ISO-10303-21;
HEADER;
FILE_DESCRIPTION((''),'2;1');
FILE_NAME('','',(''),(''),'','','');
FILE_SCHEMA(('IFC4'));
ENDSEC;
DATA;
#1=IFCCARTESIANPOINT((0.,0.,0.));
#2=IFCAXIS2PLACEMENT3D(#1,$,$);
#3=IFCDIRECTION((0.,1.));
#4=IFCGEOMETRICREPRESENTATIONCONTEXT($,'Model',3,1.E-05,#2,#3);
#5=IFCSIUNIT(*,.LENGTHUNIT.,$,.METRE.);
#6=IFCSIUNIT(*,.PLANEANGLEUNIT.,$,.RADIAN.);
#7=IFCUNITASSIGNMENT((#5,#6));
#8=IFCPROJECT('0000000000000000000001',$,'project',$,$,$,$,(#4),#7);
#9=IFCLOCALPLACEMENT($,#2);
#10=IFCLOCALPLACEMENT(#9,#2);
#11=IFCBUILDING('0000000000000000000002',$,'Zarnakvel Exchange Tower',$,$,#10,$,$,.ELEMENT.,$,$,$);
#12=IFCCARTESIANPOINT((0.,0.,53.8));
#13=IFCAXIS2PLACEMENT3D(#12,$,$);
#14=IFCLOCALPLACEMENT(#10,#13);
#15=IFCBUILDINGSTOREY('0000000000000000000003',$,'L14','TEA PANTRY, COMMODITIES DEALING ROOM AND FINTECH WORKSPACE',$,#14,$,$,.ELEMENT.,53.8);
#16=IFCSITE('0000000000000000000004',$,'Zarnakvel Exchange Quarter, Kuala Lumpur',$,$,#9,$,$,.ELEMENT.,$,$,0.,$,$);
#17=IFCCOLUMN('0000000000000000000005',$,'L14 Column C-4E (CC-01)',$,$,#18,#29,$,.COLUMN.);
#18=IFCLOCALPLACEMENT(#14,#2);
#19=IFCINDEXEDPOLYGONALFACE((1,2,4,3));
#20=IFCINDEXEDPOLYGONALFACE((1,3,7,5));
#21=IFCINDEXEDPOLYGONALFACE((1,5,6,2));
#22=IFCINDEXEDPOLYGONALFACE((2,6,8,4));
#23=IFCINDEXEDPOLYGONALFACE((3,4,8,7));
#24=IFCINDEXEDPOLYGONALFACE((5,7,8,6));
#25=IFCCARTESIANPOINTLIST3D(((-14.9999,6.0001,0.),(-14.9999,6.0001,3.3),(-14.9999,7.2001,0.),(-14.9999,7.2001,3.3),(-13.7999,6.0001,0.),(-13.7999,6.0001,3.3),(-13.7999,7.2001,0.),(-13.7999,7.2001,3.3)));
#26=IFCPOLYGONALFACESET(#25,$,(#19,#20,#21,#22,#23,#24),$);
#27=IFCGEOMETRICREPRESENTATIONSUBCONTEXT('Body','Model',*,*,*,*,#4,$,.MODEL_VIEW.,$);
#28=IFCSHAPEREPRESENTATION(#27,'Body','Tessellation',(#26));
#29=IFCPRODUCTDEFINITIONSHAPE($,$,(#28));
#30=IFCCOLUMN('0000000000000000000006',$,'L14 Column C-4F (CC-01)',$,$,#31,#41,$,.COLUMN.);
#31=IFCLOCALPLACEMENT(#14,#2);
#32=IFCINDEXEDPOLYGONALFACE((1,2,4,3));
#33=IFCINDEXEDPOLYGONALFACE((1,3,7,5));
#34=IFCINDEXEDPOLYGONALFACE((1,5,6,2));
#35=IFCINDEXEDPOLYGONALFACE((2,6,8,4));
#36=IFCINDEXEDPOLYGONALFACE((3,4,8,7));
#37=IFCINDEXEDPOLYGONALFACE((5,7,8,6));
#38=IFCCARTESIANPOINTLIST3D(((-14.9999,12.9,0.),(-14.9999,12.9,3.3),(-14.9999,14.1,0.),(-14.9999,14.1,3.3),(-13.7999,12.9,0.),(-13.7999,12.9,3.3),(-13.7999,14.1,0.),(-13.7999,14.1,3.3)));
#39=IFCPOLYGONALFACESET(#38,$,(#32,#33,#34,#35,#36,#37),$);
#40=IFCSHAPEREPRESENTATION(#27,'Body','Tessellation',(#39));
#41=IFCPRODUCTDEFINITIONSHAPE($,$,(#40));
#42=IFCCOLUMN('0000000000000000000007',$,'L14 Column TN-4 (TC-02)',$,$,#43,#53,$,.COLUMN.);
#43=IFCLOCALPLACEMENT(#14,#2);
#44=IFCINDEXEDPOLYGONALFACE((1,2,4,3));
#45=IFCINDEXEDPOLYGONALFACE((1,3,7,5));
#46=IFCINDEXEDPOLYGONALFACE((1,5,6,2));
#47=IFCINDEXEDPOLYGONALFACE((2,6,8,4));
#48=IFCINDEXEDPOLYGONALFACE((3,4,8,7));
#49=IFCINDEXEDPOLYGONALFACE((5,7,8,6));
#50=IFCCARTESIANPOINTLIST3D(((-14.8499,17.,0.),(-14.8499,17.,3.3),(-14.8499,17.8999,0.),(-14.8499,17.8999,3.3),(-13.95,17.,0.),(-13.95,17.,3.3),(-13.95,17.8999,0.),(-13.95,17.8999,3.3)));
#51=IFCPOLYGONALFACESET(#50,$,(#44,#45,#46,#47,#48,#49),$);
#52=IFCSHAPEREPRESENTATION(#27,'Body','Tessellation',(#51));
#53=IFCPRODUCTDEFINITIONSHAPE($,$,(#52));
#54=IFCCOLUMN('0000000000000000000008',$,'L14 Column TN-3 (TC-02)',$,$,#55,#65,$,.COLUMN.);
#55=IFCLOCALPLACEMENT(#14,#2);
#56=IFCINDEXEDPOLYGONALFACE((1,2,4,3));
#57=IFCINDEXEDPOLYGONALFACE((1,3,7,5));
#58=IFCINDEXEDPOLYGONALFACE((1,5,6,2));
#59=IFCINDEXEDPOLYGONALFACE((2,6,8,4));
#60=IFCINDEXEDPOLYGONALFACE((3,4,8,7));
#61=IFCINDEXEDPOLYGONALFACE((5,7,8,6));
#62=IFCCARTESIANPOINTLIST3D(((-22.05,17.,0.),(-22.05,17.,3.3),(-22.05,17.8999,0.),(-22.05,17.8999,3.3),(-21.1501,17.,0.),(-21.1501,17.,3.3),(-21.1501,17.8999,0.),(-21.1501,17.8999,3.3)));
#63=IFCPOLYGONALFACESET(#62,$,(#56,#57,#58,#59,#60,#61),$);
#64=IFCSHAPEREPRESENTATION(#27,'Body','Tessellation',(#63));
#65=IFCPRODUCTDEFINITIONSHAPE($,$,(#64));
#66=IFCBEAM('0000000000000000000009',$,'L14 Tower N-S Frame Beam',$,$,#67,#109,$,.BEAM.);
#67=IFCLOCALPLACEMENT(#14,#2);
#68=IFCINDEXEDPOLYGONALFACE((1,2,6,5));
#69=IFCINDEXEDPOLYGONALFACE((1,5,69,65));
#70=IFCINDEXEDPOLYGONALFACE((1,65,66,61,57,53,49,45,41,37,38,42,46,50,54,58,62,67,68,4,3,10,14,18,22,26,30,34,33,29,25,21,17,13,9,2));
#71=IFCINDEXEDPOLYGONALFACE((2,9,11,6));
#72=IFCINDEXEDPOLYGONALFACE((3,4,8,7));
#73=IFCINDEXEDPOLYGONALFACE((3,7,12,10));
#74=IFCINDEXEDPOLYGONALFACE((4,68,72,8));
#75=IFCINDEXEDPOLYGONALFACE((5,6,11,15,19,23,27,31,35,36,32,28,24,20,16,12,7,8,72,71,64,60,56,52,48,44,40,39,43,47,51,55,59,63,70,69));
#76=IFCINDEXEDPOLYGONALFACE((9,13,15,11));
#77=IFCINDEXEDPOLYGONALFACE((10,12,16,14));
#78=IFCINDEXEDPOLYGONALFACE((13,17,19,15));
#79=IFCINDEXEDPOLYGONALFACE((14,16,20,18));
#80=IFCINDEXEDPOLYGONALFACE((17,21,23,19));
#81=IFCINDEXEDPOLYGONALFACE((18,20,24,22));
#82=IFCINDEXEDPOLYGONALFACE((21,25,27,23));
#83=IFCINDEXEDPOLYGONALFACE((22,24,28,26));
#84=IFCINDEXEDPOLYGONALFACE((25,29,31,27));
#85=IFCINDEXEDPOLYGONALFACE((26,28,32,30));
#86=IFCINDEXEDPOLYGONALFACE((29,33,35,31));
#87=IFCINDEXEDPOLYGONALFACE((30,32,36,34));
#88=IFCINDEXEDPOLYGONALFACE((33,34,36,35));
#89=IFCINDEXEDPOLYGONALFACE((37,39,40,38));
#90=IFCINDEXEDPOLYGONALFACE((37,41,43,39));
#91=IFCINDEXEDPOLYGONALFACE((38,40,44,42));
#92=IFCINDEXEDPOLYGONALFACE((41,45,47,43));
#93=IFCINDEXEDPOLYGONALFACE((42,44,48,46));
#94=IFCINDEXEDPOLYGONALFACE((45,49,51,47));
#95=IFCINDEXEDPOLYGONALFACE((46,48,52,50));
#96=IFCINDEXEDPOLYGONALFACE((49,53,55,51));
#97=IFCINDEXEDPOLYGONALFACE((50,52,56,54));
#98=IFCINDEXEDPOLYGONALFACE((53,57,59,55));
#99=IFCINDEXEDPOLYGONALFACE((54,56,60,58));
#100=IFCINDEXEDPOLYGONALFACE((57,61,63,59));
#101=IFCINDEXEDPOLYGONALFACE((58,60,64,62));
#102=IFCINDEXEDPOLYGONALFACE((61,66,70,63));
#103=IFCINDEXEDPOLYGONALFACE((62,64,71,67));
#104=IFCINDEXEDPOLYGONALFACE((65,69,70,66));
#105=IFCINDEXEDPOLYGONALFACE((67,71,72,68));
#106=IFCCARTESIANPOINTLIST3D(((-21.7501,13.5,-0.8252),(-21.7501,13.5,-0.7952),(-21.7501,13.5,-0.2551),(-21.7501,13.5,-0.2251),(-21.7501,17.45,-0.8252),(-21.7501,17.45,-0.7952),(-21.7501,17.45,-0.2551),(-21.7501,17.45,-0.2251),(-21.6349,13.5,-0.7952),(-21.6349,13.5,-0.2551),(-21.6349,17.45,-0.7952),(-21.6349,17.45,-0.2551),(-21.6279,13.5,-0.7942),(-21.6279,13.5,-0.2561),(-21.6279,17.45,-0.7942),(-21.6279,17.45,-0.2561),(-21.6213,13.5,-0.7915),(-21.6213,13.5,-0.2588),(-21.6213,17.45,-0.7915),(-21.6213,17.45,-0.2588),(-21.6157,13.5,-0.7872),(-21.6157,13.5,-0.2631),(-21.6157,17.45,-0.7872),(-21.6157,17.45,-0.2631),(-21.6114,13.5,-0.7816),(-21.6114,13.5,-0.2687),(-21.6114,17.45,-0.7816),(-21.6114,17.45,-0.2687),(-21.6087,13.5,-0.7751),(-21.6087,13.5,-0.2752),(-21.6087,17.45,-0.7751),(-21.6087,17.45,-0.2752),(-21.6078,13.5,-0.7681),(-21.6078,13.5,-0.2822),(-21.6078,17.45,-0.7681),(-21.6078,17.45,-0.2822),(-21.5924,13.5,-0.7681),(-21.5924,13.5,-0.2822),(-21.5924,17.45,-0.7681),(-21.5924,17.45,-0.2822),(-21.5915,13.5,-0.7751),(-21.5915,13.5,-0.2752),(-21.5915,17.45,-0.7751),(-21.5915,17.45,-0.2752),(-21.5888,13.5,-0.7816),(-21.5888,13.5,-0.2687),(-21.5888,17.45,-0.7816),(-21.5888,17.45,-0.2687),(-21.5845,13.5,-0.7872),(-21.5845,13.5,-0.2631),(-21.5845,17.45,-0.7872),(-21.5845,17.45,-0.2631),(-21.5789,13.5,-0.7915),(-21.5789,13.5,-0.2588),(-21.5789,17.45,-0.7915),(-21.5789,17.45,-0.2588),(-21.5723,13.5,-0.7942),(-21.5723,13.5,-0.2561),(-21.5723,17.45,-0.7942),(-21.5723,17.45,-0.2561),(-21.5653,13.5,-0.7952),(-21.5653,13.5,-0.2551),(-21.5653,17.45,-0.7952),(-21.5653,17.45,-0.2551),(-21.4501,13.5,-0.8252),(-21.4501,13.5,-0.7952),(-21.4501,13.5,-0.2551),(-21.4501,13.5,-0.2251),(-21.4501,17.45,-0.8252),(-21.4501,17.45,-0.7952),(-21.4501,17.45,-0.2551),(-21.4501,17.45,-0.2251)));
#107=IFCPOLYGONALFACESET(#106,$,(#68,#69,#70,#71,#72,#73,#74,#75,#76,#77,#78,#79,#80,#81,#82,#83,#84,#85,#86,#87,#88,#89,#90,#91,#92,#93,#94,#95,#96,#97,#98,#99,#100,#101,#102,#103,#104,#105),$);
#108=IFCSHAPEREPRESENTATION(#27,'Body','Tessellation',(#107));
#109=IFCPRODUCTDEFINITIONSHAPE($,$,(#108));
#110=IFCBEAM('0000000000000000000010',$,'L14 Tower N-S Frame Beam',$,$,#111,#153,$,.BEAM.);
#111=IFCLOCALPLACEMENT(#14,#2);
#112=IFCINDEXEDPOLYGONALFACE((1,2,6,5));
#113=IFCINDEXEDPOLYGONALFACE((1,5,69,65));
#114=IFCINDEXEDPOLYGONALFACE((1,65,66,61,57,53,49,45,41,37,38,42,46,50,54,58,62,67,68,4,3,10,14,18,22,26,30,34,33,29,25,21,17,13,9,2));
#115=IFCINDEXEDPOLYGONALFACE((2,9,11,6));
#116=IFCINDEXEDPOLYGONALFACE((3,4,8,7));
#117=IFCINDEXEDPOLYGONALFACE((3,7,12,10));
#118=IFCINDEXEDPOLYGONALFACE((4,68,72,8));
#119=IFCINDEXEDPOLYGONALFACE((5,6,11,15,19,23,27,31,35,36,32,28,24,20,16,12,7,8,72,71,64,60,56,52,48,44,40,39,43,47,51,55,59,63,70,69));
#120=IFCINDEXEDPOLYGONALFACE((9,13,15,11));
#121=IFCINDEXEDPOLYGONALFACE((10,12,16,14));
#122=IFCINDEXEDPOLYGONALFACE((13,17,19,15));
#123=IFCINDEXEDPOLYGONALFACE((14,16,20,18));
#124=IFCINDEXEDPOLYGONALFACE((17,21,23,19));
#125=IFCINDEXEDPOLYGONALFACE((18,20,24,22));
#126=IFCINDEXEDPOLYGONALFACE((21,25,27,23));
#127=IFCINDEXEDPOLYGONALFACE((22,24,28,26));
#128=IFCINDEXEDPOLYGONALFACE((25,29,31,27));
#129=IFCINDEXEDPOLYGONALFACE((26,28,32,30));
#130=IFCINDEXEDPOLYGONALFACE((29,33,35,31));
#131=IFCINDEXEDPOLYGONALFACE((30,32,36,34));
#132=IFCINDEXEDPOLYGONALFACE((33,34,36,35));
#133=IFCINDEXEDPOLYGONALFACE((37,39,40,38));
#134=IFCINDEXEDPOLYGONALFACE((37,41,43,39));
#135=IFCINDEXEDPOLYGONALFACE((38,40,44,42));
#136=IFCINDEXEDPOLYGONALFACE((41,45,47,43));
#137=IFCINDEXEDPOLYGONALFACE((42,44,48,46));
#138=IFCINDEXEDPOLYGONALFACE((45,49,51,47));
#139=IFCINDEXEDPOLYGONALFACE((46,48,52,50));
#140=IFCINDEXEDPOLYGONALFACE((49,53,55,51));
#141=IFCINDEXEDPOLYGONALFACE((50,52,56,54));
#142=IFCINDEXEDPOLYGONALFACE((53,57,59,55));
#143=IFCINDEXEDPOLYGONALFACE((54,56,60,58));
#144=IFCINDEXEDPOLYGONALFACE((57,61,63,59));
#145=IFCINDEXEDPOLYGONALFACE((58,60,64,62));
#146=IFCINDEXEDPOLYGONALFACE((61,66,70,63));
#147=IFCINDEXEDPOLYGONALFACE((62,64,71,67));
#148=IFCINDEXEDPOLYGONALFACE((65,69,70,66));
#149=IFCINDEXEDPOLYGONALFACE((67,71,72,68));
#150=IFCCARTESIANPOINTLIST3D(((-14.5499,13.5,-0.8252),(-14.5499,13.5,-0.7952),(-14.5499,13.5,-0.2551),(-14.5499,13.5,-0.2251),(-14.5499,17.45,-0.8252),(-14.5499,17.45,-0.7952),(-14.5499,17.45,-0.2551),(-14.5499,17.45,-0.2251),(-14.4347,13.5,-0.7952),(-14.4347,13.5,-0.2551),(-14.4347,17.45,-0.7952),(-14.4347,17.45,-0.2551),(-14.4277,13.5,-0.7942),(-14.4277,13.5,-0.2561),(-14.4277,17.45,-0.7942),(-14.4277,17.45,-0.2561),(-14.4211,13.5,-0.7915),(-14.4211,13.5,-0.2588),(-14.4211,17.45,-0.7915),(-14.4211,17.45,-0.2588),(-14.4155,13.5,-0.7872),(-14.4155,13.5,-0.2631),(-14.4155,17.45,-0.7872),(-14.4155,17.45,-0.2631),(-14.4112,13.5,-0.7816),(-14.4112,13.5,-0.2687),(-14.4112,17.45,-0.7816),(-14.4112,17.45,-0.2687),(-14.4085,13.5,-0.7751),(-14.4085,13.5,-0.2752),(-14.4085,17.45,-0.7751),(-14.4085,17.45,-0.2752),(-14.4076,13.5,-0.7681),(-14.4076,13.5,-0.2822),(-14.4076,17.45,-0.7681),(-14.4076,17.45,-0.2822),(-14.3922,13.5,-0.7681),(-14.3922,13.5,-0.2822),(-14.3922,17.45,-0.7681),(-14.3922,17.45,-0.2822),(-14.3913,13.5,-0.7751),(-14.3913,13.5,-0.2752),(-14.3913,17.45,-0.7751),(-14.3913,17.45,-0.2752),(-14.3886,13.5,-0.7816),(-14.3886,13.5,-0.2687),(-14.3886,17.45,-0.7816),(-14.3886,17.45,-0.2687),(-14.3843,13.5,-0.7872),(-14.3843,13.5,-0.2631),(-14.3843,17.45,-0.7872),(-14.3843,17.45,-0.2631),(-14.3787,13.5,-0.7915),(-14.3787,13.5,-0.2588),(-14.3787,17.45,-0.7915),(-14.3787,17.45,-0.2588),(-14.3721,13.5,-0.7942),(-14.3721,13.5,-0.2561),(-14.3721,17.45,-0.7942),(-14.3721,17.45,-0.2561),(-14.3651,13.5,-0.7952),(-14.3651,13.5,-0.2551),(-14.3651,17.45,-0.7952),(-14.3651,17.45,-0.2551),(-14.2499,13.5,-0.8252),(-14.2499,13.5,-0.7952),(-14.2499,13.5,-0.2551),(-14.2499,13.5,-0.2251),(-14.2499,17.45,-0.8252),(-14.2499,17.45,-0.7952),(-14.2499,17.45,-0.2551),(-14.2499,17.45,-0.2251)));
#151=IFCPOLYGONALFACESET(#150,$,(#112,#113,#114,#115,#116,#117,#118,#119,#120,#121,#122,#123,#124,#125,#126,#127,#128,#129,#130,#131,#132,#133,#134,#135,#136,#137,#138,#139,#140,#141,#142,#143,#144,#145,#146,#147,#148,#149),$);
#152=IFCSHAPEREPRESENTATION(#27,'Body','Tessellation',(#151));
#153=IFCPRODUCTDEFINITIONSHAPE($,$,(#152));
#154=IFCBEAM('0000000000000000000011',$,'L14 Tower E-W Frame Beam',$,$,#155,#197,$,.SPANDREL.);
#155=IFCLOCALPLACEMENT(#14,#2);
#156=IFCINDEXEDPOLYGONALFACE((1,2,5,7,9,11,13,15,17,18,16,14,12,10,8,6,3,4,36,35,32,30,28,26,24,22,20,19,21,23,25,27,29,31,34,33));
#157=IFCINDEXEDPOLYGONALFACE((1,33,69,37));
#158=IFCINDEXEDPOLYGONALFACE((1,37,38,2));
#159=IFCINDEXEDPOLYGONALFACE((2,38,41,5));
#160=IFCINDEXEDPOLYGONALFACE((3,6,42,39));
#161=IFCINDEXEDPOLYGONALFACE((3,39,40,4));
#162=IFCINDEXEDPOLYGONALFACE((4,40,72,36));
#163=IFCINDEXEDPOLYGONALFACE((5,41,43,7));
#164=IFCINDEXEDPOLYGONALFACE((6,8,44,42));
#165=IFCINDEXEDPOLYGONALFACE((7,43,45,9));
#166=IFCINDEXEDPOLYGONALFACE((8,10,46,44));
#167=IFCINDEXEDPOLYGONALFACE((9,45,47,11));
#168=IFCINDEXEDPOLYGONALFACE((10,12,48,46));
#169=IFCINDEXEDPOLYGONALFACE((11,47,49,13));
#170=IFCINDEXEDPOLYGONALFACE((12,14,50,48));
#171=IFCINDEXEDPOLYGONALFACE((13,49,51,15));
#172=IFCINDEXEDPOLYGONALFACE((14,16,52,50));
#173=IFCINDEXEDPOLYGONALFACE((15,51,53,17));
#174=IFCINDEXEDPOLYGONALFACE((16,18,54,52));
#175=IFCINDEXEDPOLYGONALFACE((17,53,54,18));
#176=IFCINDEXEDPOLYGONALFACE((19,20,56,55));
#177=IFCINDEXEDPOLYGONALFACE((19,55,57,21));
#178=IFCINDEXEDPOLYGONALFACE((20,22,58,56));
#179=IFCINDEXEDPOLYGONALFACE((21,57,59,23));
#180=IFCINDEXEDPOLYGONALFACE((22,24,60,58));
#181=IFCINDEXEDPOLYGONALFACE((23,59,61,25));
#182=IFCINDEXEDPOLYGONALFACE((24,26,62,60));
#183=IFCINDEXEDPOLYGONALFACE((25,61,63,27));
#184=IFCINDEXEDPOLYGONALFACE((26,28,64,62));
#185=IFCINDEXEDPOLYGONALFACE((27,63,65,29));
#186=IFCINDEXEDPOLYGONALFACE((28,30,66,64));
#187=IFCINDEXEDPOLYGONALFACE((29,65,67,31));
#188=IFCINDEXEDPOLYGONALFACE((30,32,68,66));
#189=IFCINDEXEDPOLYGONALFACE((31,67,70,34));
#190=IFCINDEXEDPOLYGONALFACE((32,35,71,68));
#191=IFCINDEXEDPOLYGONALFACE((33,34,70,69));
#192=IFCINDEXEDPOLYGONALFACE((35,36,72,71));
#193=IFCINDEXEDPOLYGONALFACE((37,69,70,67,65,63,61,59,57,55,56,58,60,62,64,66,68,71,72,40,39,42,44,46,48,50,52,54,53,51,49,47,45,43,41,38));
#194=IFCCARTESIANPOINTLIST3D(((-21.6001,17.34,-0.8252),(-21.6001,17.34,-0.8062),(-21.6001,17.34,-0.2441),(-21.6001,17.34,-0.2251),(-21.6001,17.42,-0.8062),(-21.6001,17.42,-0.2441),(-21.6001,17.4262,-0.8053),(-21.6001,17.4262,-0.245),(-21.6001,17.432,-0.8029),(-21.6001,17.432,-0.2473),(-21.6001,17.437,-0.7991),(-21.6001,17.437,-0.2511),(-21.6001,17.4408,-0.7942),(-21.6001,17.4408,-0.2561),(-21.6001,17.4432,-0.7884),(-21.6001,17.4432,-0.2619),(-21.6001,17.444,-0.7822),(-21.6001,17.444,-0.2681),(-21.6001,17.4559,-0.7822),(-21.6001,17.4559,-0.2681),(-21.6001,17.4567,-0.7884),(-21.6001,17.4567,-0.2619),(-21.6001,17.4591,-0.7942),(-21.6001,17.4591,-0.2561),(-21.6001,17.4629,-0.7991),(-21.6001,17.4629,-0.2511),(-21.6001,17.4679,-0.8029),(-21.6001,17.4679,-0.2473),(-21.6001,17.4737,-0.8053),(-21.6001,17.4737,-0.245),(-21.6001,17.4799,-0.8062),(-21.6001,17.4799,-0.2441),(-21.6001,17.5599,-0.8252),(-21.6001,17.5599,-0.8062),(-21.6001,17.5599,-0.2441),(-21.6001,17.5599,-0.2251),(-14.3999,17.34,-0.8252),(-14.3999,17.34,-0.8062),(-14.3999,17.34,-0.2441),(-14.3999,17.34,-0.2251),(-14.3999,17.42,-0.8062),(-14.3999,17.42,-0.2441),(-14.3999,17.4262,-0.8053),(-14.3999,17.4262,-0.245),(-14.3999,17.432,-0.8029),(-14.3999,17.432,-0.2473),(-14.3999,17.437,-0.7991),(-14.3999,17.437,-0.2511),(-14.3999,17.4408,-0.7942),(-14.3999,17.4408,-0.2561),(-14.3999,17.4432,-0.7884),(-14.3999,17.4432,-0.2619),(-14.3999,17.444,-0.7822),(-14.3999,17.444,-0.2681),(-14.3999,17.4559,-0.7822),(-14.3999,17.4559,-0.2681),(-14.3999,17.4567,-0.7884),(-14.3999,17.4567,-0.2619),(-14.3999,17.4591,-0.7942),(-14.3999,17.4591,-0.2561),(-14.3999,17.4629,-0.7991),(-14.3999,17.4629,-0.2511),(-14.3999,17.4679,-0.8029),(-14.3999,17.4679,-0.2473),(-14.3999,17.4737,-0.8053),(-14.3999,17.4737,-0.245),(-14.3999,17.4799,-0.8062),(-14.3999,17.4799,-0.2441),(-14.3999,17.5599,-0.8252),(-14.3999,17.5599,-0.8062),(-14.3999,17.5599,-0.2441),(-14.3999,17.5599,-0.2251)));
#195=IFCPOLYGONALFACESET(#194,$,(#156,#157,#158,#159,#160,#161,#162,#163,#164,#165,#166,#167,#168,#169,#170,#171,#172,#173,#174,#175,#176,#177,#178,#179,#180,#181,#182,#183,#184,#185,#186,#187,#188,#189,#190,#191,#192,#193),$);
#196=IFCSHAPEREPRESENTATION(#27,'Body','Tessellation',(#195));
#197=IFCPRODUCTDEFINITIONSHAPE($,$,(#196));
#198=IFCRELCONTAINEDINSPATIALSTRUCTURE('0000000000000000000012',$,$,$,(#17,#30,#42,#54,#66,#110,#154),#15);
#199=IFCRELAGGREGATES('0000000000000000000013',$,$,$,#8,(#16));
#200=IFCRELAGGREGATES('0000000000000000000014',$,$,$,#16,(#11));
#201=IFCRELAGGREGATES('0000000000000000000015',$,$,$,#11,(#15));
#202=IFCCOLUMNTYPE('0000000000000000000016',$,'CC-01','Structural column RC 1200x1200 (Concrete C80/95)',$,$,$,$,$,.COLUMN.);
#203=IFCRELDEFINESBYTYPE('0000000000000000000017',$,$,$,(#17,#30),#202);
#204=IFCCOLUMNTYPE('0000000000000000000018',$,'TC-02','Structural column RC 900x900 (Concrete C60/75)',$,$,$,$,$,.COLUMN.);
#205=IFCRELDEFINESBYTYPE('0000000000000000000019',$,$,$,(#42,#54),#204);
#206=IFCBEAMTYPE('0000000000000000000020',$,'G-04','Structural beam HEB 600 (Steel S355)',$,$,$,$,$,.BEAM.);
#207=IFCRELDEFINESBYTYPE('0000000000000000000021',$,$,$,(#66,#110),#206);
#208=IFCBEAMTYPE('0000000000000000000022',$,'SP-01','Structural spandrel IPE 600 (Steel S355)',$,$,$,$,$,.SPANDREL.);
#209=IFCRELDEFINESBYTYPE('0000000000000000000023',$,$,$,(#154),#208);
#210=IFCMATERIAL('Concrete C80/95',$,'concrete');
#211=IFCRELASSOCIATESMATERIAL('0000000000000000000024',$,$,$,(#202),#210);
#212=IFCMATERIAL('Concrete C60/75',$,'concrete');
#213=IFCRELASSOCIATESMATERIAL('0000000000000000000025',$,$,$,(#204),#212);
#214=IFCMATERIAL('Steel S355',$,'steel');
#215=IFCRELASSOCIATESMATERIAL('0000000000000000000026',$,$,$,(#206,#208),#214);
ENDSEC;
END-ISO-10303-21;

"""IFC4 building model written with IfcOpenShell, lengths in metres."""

from ifc_helpers import new_model, si_unit, direction, frame, origin, origin_2d, place, context, subcontext, project, spatial, rectangle, i_section, extrude, material, material_profile, profile_set, type_object, element, save


model = new_model("IFC4")

# Units and contexts
model_context = context("Model", 3, precision=1e-05, world=origin(), true_north=direction((0.0, 1.0)))
body_context = subcontext(model_context, "Body", "Model", "MODEL_VIEW")
ifc_project = project(units=[si_unit("LENGTHUNIT", "METRE"), si_unit("PLANEANGLEUNIT", "RADIAN")], contexts=[model_context])

# Site, building, storey
site_placement = place(None, origin())
site = spatial("IfcSite", under=ifc_project, at=site_placement, Name="Zarnakvel Exchange Quarter, Kuala Lumpur", CompositionType="ELEMENT", RefElevation=0.0)
building_placement = place(site_placement, origin())
building = spatial("IfcBuilding", under=site, at=building_placement, Name="Zarnakvel Exchange Tower", CompositionType="ELEMENT")
storey_placement = place(building_placement, frame((0.0, 0.0, 53.8)))
storey = spatial("IfcBuildingStorey", under=building, at=storey_placement, Name="L14", Description="TEA PANTRY, COMMODITIES DEALING ROOM AND FINTECH WORKSPACE", CompositionType="ELEMENT", Elevation=53.8)

# Columns
ifc_material_1 = material(Name="Concrete C80/95", Category="concrete")
ifc_material_profile_1 = material_profile(ifc_material_1, rectangle(XDim=1.2, YDim=1.2, at=origin_2d()))
ifc_profile_set_1 = profile_set([ifc_material_profile_1], Name="Concrete C80/95")
column_type_1 = type_object("IfcColumnType", Name="CC-01", Description="Structural column RC 1200x1200 (Concrete C80/95)", PredefinedType="COLUMN", material=ifc_profile_set_1)
for number, where, z_axis, x_axis, name in (
    (1, (-14.3999, 6.6001, 0.0), (0.0, 0.0, 1.0), (1.0, 0.0, 0.0), "L14 Column C-4E (CC-01)"),
    (2, (-14.3999, 13.5, 0.0), (0.0, 0.0, 1.0), (1.0, 0.0, 0.0), "L14 Column C-4F (CC-01)"),
):
    element("IfcColumn", number, at=place(storey_placement, frame(where, z_axis=z_axis, x_axis=x_axis)), inside=storey, type_object=column_type_1, Name=name, PredefinedType="COLUMN", context=body_context, shape_type="SweptSolid", body=[
        extrude(rectangle(XDim=1.2, YDim=1.2, at=origin_2d()), origin(), (0.0, 0.0, 1.0), 3.3),
    ])
ifc_material_2 = material(Name="Concrete C60/75", Category="concrete")
ifc_material_profile_2 = material_profile(ifc_material_2, rectangle(XDim=0.8999, YDim=0.8999, at=origin_2d()))
ifc_profile_set_2 = profile_set([ifc_material_profile_2], Name="Concrete C60/75")
column_type_2 = type_object("IfcColumnType", Name="TC-02", Description="Structural column RC 900x900 (Concrete C60/75)", PredefinedType="COLUMN", material=ifc_profile_set_2)
for number, where, z_axis, x_axis, name in (
    (3, (-14.3999, 17.45, 0.0), (0.0, 0.0, 1.0), (1.0, 0.0, 0.0), "L14 Column TN-4 (TC-02)"),
    (4, (-21.6001, 17.45, 0.0), (0.0, 0.0, 1.0), (1.0, 0.0, 0.0), "L14 Column TN-3 (TC-02)"),
):
    element("IfcColumn", number, at=place(storey_placement, frame(where, z_axis=z_axis, x_axis=x_axis)), inside=storey, type_object=column_type_2, Name=name, PredefinedType="COLUMN", context=body_context, shape_type="SweptSolid", body=[
        extrude(rectangle(XDim=0.8999, YDim=0.8999, at=origin_2d()), origin(), (0.0, 0.0, 1.0), 3.3),
    ])

# Beams
ifc_material_3 = material(Name="Steel S355", Category="steel")
ifc_material_profile_3 = material_profile(ifc_material_3, i_section(OverallWidth=0.3, OverallDepth=0.6001, WebThickness=0.0154, FlangeThickness=0.03, FilletRadius=0.0271, at=origin_2d()))
ifc_profile_set_3 = profile_set([ifc_material_profile_3], Name="Steel S355")
beam_type_1 = type_object("IfcBeamType", Name="G-04", Description="Structural beam HEB 600 (Steel S355)", PredefinedType="BEAM", material=ifc_profile_set_3)
for number, where, z_axis, x_axis, name in (
    (5, (-21.6001, 13.5, -0.5251), (0.0, 1.0, 0.0), (-1.0, 0.0, 0.0), "L14 Tower N-S Frame Beam"),
    (6, (-14.3999, 13.5, -0.5251), (0.0, 1.0, 0.0), (-1.0, 0.0, 0.0), "L14 Tower N-S Frame Beam"),
):
    element("IfcBeam", number, at=place(storey_placement, frame(where, z_axis=z_axis, x_axis=x_axis)), inside=storey, type_object=beam_type_1, Name=name, PredefinedType="BEAM", context=body_context, shape_type="SweptSolid", body=[
        extrude(i_section(OverallWidth=0.3, OverallDepth=0.6001, WebThickness=0.0154, FlangeThickness=0.03, FilletRadius=0.0271, at=origin_2d()), origin(), (0.0, 0.0, 1.0), 3.95),
    ])
ifc_material_profile_4 = material_profile(ifc_material_3, i_section(OverallWidth=0.22, OverallDepth=0.6001, WebThickness=0.012, FlangeThickness=0.019, FilletRadius=0.0239, at=origin_2d()))
ifc_profile_set_4 = profile_set([ifc_material_profile_4], Name="Steel S355")
beam_type_2 = type_object("IfcBeamType", Name="SP-01", Description="Structural spandrel IPE 600 (Steel S355)", PredefinedType="SPANDREL", material=ifc_profile_set_4)
beam_1_placement = place(storey_placement, frame((-21.6001, 17.45, -0.5251), z_axis=(1.0, 0.0, 0.0), x_axis=(0.0, 1.0, 0.0)))
element("IfcBeam", 7, at=beam_1_placement, inside=storey, type_object=beam_type_2, Name="L14 Tower E-W Frame Beam", PredefinedType="SPANDREL", context=body_context, shape_type="SweptSolid", body=[
    extrude(i_section(OverallWidth=0.22, OverallDepth=0.6001, WebThickness=0.012, FlangeThickness=0.019, FilletRadius=0.0239, at=origin_2d()), origin(), (0.0, 0.0, 1.0), 7.2002),
])

save(model, "model.ifc")
